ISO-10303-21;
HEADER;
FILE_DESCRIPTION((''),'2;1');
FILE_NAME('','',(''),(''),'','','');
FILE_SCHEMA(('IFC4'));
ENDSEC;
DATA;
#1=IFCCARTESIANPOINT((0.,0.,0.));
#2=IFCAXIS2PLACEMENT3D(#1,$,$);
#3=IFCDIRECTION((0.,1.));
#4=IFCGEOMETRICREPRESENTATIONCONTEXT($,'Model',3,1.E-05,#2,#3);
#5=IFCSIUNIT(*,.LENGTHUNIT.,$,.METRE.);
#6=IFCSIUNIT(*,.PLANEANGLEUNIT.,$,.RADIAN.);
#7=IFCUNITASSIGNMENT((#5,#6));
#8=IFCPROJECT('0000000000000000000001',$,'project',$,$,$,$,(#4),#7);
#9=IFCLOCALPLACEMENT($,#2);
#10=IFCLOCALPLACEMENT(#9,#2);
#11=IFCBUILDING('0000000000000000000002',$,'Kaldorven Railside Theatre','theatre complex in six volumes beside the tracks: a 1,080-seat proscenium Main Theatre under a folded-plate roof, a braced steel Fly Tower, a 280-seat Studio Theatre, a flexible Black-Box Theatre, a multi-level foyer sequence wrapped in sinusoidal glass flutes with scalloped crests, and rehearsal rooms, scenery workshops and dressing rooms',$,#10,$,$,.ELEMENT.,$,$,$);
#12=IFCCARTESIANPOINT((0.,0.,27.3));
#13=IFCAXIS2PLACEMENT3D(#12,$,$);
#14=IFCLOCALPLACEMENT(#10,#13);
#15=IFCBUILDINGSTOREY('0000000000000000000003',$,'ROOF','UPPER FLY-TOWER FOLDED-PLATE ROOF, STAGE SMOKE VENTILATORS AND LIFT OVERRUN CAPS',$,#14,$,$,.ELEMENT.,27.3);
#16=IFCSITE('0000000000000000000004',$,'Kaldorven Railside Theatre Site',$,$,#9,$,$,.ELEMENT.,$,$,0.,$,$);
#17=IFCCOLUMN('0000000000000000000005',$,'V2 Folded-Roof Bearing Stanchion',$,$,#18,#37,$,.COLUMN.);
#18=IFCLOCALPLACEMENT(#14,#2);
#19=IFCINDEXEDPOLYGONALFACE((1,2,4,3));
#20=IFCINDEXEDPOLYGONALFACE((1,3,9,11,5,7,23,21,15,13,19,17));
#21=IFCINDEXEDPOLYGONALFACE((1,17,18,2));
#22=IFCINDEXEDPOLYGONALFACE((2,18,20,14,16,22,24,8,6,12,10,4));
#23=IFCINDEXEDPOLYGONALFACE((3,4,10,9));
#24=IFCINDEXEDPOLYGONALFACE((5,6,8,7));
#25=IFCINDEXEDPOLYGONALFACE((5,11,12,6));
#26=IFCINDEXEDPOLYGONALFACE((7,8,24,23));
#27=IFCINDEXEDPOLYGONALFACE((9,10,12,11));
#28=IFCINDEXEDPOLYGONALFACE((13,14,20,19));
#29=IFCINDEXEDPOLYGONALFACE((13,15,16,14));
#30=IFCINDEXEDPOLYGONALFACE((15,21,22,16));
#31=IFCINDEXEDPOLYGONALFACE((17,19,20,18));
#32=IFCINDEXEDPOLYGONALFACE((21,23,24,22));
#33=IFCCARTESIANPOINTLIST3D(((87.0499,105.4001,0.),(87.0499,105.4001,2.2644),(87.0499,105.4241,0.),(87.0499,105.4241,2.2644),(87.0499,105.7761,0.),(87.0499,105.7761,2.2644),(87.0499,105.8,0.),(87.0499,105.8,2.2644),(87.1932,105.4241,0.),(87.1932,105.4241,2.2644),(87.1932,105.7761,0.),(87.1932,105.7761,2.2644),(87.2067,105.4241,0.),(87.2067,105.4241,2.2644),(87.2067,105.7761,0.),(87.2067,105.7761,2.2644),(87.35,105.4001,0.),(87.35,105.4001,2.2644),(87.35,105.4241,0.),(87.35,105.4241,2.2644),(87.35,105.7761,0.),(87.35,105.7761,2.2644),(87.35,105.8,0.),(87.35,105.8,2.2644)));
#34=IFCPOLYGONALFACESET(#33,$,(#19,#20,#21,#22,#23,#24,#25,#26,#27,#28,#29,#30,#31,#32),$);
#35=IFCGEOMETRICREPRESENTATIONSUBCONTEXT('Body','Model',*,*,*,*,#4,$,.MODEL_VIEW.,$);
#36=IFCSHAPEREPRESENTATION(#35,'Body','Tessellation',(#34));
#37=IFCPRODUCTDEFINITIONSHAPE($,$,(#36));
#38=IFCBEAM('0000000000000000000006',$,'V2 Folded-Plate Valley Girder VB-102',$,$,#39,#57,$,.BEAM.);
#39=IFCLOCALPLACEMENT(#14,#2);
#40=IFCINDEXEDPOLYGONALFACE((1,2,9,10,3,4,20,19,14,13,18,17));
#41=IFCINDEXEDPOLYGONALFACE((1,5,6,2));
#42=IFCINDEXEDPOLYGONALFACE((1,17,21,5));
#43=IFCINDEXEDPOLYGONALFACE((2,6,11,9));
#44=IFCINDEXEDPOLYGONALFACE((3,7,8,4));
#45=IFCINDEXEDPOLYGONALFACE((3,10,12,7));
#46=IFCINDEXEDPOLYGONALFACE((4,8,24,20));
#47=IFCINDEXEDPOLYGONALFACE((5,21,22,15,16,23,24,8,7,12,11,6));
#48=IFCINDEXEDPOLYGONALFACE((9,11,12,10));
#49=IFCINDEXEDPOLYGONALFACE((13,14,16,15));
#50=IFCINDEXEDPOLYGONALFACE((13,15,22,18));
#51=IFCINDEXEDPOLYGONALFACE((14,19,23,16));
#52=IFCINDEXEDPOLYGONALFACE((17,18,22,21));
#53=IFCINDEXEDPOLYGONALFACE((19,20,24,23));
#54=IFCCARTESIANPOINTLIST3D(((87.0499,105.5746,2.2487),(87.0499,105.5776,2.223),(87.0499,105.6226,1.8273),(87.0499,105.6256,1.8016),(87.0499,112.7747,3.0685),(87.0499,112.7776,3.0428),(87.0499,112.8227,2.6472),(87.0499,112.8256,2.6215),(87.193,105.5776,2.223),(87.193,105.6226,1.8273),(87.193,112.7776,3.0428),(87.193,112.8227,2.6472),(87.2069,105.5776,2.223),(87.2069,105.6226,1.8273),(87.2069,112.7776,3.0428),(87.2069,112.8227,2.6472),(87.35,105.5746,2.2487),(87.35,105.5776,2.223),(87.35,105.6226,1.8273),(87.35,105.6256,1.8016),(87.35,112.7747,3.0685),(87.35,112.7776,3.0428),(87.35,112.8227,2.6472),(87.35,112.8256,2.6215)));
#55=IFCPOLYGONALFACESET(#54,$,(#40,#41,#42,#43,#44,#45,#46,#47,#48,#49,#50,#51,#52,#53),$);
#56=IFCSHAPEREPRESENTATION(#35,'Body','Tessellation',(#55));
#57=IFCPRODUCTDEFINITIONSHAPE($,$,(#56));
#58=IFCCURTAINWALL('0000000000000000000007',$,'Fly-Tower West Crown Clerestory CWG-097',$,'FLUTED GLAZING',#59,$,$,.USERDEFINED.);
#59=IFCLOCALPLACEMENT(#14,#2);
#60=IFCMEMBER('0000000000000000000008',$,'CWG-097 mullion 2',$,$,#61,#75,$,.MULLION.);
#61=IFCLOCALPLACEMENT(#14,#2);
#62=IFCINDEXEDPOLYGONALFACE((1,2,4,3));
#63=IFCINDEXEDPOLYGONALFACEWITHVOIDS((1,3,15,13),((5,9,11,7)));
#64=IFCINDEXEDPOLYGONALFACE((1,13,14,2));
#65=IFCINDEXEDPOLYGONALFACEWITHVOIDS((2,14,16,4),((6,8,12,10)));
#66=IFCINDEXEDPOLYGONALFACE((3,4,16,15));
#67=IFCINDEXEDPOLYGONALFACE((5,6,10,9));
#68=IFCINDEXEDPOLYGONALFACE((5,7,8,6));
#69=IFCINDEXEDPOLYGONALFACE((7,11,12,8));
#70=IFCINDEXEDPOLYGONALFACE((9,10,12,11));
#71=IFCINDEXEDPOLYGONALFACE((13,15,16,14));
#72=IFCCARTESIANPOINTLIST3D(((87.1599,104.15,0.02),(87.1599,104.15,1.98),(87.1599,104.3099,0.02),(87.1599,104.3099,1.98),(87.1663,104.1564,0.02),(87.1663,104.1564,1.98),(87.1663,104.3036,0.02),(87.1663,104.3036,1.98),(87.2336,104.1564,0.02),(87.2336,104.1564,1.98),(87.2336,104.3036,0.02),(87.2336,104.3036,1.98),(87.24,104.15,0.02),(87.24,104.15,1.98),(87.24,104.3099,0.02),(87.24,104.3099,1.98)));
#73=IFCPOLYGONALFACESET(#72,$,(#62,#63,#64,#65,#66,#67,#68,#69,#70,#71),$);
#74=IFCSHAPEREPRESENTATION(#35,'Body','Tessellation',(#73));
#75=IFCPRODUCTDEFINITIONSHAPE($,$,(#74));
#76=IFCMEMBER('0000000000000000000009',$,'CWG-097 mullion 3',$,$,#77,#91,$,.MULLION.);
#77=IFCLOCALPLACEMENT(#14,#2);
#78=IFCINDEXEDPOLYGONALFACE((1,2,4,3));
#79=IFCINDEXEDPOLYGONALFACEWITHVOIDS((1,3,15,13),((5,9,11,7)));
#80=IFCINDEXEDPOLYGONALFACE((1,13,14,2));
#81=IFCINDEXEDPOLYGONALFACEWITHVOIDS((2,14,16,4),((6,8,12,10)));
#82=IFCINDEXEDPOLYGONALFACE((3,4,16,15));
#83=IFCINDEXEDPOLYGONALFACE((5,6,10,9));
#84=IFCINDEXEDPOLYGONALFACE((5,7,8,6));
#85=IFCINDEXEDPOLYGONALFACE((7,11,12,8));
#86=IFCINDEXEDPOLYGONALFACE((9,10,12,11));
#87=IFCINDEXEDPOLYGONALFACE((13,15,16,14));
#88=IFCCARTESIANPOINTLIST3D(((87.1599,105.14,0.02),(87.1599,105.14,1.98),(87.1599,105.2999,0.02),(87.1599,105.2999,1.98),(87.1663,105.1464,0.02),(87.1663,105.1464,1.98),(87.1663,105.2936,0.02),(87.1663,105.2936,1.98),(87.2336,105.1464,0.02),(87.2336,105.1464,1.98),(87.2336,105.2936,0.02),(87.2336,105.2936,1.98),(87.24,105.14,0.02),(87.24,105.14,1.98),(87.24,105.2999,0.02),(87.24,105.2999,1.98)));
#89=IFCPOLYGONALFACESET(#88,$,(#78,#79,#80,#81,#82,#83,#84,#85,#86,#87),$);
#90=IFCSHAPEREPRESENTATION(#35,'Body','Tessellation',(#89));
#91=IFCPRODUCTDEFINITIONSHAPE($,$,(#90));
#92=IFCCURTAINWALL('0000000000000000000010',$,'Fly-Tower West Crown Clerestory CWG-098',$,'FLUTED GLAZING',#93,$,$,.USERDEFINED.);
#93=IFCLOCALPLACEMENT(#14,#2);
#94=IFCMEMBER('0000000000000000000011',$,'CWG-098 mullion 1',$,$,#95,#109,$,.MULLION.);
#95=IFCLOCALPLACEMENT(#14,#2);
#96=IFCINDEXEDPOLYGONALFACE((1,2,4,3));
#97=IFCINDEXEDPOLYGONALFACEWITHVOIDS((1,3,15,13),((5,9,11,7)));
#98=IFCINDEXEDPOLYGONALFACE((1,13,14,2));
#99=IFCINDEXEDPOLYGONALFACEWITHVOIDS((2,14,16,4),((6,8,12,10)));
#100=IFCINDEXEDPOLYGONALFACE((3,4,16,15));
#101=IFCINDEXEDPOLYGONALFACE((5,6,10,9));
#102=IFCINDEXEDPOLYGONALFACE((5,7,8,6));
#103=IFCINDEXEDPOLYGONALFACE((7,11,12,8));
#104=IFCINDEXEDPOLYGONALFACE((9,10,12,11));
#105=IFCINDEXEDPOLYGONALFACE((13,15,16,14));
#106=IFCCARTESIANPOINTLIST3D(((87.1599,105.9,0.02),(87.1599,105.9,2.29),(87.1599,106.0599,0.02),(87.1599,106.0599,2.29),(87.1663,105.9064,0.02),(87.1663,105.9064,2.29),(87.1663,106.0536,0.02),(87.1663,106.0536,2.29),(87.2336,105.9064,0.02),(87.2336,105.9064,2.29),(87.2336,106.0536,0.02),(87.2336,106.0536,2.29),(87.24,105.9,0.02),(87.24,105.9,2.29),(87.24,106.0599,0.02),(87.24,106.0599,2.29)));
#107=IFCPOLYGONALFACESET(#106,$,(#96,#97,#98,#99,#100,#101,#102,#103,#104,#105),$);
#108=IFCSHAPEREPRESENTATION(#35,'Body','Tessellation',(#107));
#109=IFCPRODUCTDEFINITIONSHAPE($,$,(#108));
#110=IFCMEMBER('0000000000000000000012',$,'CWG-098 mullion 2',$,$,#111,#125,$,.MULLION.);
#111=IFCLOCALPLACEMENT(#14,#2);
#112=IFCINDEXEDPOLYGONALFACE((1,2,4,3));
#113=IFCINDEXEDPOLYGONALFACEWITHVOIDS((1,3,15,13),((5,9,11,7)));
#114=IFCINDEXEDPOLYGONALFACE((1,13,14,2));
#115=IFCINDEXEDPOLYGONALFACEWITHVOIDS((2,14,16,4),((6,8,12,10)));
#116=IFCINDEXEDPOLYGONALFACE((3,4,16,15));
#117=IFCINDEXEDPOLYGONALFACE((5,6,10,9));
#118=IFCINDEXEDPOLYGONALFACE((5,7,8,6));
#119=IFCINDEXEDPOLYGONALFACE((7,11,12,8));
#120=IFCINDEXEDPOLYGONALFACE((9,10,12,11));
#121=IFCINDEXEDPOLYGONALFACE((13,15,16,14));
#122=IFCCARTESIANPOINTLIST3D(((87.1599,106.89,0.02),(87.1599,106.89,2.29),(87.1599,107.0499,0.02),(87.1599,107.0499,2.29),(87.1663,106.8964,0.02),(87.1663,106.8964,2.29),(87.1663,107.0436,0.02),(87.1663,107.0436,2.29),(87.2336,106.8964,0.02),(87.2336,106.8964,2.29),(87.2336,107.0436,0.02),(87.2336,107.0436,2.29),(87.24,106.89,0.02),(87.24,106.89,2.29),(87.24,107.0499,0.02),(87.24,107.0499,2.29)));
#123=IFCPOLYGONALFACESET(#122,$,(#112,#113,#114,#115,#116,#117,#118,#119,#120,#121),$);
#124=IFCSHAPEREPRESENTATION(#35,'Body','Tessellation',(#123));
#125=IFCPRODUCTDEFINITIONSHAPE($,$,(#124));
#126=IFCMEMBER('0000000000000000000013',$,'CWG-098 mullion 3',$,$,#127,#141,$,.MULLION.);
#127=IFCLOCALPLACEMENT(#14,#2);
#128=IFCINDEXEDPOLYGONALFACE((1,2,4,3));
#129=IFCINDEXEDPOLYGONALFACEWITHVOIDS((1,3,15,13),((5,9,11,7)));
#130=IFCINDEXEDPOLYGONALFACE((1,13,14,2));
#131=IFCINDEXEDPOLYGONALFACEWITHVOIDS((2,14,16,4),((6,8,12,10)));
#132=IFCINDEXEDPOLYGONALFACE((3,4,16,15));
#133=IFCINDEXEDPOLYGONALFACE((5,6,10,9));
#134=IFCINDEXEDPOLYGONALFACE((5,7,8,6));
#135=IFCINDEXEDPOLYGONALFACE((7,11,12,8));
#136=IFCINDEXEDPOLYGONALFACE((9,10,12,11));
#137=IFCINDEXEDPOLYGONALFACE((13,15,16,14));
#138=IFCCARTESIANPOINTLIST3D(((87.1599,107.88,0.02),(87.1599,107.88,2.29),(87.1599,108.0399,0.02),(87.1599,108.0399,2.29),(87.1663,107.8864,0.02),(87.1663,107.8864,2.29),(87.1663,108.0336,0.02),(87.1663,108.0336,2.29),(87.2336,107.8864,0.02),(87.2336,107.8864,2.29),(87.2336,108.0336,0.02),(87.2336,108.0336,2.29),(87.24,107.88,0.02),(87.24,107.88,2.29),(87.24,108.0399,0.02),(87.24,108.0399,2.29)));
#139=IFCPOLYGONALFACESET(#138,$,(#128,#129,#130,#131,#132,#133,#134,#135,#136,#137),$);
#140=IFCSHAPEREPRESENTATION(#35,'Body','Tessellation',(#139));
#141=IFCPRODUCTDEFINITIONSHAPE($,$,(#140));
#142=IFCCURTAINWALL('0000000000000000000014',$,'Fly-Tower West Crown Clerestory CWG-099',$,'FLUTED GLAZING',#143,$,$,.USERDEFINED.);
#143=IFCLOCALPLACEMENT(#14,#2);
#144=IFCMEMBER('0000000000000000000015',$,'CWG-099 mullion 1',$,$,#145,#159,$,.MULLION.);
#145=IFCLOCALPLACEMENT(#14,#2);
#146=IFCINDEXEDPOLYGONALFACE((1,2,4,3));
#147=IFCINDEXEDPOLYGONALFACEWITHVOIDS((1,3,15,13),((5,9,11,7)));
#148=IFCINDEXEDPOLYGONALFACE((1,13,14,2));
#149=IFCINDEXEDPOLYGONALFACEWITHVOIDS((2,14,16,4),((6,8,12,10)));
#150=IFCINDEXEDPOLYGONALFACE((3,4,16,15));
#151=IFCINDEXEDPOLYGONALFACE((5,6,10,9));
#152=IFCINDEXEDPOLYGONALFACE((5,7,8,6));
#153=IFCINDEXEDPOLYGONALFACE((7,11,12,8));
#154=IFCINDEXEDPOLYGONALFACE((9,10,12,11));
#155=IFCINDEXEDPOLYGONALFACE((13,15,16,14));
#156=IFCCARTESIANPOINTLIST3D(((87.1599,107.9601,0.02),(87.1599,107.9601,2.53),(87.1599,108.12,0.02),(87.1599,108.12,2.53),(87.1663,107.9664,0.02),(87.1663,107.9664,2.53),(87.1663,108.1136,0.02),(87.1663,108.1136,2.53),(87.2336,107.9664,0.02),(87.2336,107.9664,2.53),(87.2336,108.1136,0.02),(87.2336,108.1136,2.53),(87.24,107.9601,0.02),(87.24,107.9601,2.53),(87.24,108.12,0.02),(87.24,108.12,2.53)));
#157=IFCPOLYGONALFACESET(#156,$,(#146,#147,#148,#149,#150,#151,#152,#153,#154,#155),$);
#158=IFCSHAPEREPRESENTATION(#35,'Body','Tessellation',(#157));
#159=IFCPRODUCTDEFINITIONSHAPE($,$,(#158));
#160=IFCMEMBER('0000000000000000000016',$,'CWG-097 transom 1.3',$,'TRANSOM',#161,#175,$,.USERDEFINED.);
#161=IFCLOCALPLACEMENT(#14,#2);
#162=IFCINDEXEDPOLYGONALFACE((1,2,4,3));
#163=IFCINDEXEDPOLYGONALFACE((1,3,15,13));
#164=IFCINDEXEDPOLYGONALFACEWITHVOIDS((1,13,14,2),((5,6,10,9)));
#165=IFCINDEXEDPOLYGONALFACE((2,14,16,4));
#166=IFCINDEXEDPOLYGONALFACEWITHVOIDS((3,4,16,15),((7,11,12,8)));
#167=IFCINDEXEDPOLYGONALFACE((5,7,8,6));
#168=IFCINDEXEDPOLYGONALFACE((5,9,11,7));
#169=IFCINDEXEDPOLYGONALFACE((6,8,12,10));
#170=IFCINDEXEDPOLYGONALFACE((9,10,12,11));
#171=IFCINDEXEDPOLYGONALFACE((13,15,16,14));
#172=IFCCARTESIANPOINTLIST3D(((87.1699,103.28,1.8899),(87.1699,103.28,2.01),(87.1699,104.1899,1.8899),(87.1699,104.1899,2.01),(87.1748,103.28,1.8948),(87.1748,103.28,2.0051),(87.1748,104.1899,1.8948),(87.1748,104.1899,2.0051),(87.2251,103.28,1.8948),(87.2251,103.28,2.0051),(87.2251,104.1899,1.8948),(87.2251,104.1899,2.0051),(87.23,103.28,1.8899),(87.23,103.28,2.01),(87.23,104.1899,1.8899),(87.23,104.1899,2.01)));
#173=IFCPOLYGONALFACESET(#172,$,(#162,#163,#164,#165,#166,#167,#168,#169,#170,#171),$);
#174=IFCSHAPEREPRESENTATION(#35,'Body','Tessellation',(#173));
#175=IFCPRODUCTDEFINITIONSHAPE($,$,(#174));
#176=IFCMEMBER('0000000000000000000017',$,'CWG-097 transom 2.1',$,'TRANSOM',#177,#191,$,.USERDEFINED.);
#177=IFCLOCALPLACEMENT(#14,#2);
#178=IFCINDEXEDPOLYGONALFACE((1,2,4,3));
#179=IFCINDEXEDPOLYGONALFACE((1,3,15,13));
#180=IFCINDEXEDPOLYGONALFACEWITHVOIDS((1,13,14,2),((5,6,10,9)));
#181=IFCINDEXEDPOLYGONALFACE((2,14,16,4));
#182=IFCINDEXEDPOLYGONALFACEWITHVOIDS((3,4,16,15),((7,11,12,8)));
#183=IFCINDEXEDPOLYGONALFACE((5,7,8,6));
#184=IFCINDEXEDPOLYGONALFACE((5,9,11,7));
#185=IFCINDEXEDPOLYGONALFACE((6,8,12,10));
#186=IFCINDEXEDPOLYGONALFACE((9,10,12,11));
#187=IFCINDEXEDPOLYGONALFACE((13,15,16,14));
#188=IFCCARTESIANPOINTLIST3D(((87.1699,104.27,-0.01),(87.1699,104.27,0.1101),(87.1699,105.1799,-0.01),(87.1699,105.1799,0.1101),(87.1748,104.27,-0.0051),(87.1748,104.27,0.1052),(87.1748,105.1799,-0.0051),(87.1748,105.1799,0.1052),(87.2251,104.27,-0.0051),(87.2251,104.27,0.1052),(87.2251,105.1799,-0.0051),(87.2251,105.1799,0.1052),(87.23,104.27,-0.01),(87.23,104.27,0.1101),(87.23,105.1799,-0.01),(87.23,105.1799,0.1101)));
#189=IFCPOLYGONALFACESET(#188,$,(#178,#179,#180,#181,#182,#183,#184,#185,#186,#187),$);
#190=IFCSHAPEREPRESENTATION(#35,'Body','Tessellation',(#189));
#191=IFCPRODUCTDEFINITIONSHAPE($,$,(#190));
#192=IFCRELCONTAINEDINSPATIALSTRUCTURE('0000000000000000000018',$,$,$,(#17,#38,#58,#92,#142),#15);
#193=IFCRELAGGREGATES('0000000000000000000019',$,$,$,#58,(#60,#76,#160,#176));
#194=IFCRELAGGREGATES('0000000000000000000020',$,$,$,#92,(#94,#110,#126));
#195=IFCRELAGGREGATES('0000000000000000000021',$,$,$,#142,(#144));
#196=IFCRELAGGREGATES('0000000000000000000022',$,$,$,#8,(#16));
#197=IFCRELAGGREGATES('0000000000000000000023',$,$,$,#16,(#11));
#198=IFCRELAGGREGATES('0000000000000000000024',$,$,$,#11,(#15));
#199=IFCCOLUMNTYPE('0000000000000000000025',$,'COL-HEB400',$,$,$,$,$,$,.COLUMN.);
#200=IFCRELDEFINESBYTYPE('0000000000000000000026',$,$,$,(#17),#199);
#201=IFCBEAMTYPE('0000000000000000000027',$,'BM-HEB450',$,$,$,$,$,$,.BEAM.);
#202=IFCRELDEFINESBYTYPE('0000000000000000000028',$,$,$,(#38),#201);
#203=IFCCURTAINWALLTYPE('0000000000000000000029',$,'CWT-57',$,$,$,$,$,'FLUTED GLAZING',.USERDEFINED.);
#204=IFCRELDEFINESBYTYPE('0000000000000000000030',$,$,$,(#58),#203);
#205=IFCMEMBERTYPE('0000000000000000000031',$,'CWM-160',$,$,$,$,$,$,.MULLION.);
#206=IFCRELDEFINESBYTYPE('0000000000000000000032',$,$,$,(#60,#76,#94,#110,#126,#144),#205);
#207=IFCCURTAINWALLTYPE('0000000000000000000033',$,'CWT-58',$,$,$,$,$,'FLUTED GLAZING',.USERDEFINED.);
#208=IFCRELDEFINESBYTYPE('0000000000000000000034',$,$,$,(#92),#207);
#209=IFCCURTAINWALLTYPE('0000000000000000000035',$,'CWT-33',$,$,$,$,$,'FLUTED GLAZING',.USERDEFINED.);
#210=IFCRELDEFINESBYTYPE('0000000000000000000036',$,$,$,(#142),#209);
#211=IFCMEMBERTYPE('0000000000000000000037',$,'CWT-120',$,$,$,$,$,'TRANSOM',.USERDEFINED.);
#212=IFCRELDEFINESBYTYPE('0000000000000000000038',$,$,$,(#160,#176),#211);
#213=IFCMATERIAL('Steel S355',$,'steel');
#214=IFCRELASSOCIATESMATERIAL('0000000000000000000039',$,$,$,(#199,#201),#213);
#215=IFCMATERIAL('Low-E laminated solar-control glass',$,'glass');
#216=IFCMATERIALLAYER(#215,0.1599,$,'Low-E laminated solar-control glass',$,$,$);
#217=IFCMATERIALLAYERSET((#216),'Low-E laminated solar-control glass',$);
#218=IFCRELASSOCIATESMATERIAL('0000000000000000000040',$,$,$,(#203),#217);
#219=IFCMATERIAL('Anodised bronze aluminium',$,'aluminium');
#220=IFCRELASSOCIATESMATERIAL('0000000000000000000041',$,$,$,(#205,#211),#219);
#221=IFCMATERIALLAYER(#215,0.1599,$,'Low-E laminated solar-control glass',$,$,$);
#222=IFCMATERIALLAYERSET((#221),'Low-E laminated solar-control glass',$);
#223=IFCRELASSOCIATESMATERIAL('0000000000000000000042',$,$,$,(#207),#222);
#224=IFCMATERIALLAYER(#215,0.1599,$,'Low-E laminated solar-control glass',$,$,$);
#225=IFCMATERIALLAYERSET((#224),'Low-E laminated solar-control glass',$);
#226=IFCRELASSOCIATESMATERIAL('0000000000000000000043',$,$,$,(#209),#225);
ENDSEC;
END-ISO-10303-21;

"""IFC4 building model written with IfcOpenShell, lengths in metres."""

from ifc_helpers import new_model, si_unit, direction, frame, origin, origin_2d, place, context, subcontext, project, spatial, hollow_rectangle, i_section, extrude, material, layer, layer_set, material_profile, profile_set, type_object, element, aggregate, save


model = new_model("IFC4")

# Units and contexts
model_context = context("Model", 3, precision=1e-05, world=origin(), true_north=direction((0.0, 1.0)))
body_context = subcontext(model_context, "Body", "Model", "MODEL_VIEW")
ifc_project = project(units=[si_unit("LENGTHUNIT", "METRE"), si_unit("PLANEANGLEUNIT", "RADIAN")], contexts=[model_context])

# Site, building, storey
site_placement = place(None, origin())
site = spatial("IfcSite", under=ifc_project, at=site_placement, Name="Kaldorven Railside Theatre Site", CompositionType="ELEMENT", RefElevation=0.0)
building_placement = place(site_placement, origin())
building = spatial("IfcBuilding", under=site, at=building_placement, Name="Kaldorven Railside Theatre", Description="theatre complex in six volumes beside the tracks: a 1,080-seat proscenium Main Theatre under a folded-plate roof, a braced steel Fly Tower, a 280-seat Studio Theatre, a flexible Black-Box Theatre, a multi-level foyer sequence wrapped in sinusoidal glass flutes with scalloped crests, and rehearsal rooms, scenery workshops and dressing rooms", CompositionType="ELEMENT")
storey_placement = place(building_placement, frame((0.0, 0.0, 27.3)))
storey = spatial("IfcBuildingStorey", under=building, at=storey_placement, Name="ROOF", Description="UPPER FLY-TOWER FOLDED-PLATE ROOF, STAGE SMOKE VENTILATORS AND LIFT OVERRUN CAPS", CompositionType="ELEMENT", Elevation=27.3)

# Column
ifc_material_1 = material(Name="Steel S355", Category="steel")
ifc_material_profile_1 = material_profile(ifc_material_1, i_section(OverallWidth=0.3, OverallDepth=0.3999, WebThickness=0.0134, FlangeThickness=0.0239, at=origin_2d()), Name="HEB 400")
ifc_profile_set_1 = profile_set([ifc_material_profile_1], Name="Steel S355")
column_type = type_object("IfcColumnType", Name="COL-HEB400", PredefinedType="COLUMN", material=ifc_profile_set_1)
column_placement = place(storey_placement, frame((87.2, 105.6001, 0.0), z_axis=(0.0, 0.0, 1.0), x_axis=(1.0, 0.0, 0.0)))
element("IfcColumn", 1, at=column_placement, inside=storey, type_object=column_type, Name="V2 Folded-Roof Bearing Stanchion", PredefinedType="COLUMN", context=body_context, shape_type="SweptSolid", body=[
    extrude(i_section(OverallWidth=0.3, OverallDepth=0.3999, WebThickness=0.0134, FlangeThickness=0.0239, at=origin_2d()), origin(), (0.0, 0.0, 1.0), 2.2644),
])

# Beam
ifc_material_profile_2 = material_profile(ifc_material_1, i_section(OverallWidth=0.3, OverallDepth=0.45, WebThickness=0.0139, FlangeThickness=0.0259, at=origin_2d()), Name="HEB 450")
ifc_profile_set_2 = profile_set([ifc_material_profile_2], Name="Steel S355")
beam_type = type_object("IfcBeamType", Name="BM-HEB450", PredefinedType="BEAM", material=ifc_profile_set_2)
beam_placement = place(storey_placement, frame((87.2, 105.6001, 2.0251), z_axis=(0.0, 0.99358, 0.113134), x_axis=(-1.0, 0.0, 0.0)))
element("IfcBeam", 2, at=beam_placement, inside=storey, type_object=beam_type, Name="V2 Folded-Plate Valley Girder VB-102", PredefinedType="BEAM", context=body_context, shape_type="SweptSolid", body=[
    extrude(i_section(OverallWidth=0.3, OverallDepth=0.45, WebThickness=0.0139, FlangeThickness=0.0259, at=origin_2d()), origin(), (0.0, 0.0, 1.0), 7.2466),
])

# Curtain walls, members
ifc_material_2 = material(Name="Low-E laminated solar-control glass", Category="glass")
ifc_layer_1 = layer(ifc_material_2, 0.1599, Name="Low-E laminated solar-control glass")
ifc_layer_set_1 = layer_set([ifc_layer_1], Name="Low-E laminated solar-control glass")
curtain_wall_type_1 = type_object("IfcCurtainWallType", Name="CWT-57", ElementType="FLUTED GLAZING", PredefinedType="USERDEFINED", material=ifc_layer_set_1)
curtain_wall_1_placement = place(storey_placement, origin())
curtain_wall_1 = element("IfcCurtainWall", 3, at=curtain_wall_1_placement, inside=storey, type_object=curtain_wall_type_1, Name="Fly-Tower West Crown Clerestory CWG-097", ObjectType="FLUTED GLAZING", PredefinedType="USERDEFINED")
ifc_material_3 = material(Name="Anodised bronze aluminium", Category="aluminium")
ifc_material_profile_3 = material_profile(ifc_material_3, hollow_rectangle(XDim=0.0801, YDim=0.1599, WallThickness=0.0063, at=origin_2d()), Name="RHS 160x80x6.3")
ifc_profile_set_3 = profile_set([ifc_material_profile_3], Name="Anodised bronze aluminium")
member_type_1 = type_object("IfcMemberType", Name="CWM-160", PredefinedType="MULLION", material=ifc_profile_set_3)
member_1_placement = place(storey_placement, frame((87.2, 104.23, 0.02), z_axis=(0.0, 0.0, 1.0), x_axis=(-1.0, 0.0, 0.0)))
member_1 = element("IfcMember", 4, at=member_1_placement, type_object=member_type_1, Name="CWG-097 mullion 2", PredefinedType="MULLION", context=body_context, shape_type="SweptSolid", body=[
    extrude(hollow_rectangle(XDim=0.0801, YDim=0.1599, WallThickness=0.0063, at=origin_2d()), origin(), (0.0, 0.0, 1.0), 1.96),
])
member_2_placement = place(storey_placement, frame((87.2, 105.22, 0.02), z_axis=(0.0, 0.0, 1.0), x_axis=(-1.0, 0.0, 0.0)))
member_2 = element("IfcMember", 5, at=member_2_placement, type_object=member_type_1, Name="CWG-097 mullion 3", PredefinedType="MULLION", context=body_context, shape_type="SweptSolid", body=[
    extrude(hollow_rectangle(XDim=0.0801, YDim=0.1599, WallThickness=0.0063, at=origin_2d()), origin(), (0.0, 0.0, 1.0), 1.96),
])
ifc_layer_2 = layer(ifc_material_2, 0.1599, Name="Low-E laminated solar-control glass")
ifc_layer_set_2 = layer_set([ifc_layer_2], Name="Low-E laminated solar-control glass")
curtain_wall_type_2 = type_object("IfcCurtainWallType", Name="CWT-58", ElementType="FLUTED GLAZING", PredefinedType="USERDEFINED", material=ifc_layer_set_2)
curtain_wall_2_placement = place(storey_placement, origin())
curtain_wall_2 = element("IfcCurtainWall", 6, at=curtain_wall_2_placement, inside=storey, type_object=curtain_wall_type_2, Name="Fly-Tower West Crown Clerestory CWG-098", ObjectType="FLUTED GLAZING", PredefinedType="USERDEFINED")
member_3_placement = place(storey_placement, frame((87.2, 105.98, 0.02), z_axis=(0.0, 0.0, 1.0), x_axis=(-1.0, 0.0, 0.0)))
member_3 = element("IfcMember", 7, at=member_3_placement, type_object=member_type_1, Name="CWG-098 mullion 1", PredefinedType="MULLION", context=body_context, shape_type="SweptSolid", body=[
    extrude(hollow_rectangle(XDim=0.0801, YDim=0.1599, WallThickness=0.0063, at=origin_2d()), origin(), (0.0, 0.0, 1.0), 2.27),
])
member_4_placement = place(storey_placement, frame((87.2, 106.97, 0.02), z_axis=(0.0, 0.0, 1.0), x_axis=(-1.0, 0.0, 0.0)))
member_4 = element("IfcMember", 8, at=member_4_placement, type_object=member_type_1, Name="CWG-098 mullion 2", PredefinedType="MULLION", context=body_context, shape_type="SweptSolid", body=[
    extrude(hollow_rectangle(XDim=0.0801, YDim=0.1599, WallThickness=0.0063, at=origin_2d()), origin(), (0.0, 0.0, 1.0), 2.27),
])
member_5_placement = place(storey_placement, frame((87.2, 107.96, 0.02), z_axis=(0.0, 0.0, 1.0), x_axis=(-1.0, 0.0, 0.0)))
member_5 = element("IfcMember", 9, at=member_5_placement, type_object=member_type_1, Name="CWG-098 mullion 3", PredefinedType="MULLION", context=body_context, shape_type="SweptSolid", body=[
    extrude(hollow_rectangle(XDim=0.0801, YDim=0.1599, WallThickness=0.0063, at=origin_2d()), origin(), (0.0, 0.0, 1.0), 2.27),
])

# Curtain wall, member
ifc_layer_3 = layer(ifc_material_2, 0.1599, Name="Low-E laminated solar-control glass")
ifc_layer_set_3 = layer_set([ifc_layer_3], Name="Low-E laminated solar-control glass")
curtain_wall_type_3 = type_object("IfcCurtainWallType", Name="CWT-33", ElementType="FLUTED GLAZING", PredefinedType="USERDEFINED", material=ifc_layer_set_3)
curtain_wall_3_placement = place(storey_placement, origin())
curtain_wall_3 = element("IfcCurtainWall", 10, at=curtain_wall_3_placement, inside=storey, type_object=curtain_wall_type_3, Name="Fly-Tower West Crown Clerestory CWG-099", ObjectType="FLUTED GLAZING", PredefinedType="USERDEFINED")
member_6_placement = place(storey_placement, frame((87.2, 108.04, 0.02), z_axis=(0.0, 0.0, 1.0), x_axis=(-1.0, 0.0, 0.0)))
member_6 = element("IfcMember", 11, at=member_6_placement, type_object=member_type_1, Name="CWG-099 mullion 1", PredefinedType="MULLION", context=body_context, shape_type="SweptSolid", body=[
    extrude(hollow_rectangle(XDim=0.0801, YDim=0.1599, WallThickness=0.0063, at=origin_2d()), origin(), (0.0, 0.0, 1.0), 2.51),
])

# Members
ifc_material_profile_4 = material_profile(ifc_material_3, hollow_rectangle(XDim=0.0601, YDim=0.1201, WallThickness=0.0049, at=origin_2d()), Name="RHS 120x60x5")
ifc_profile_set_4 = profile_set([ifc_material_profile_4], Name="Anodised bronze aluminium")
member_type_2 = type_object("IfcMemberType", Name="CWT-120", ElementType="TRANSOM", PredefinedType="USERDEFINED", material=ifc_profile_set_4)
member_7_placement = place(storey_placement, frame((87.2, 103.28, 1.95), z_axis=(0.0, 1.0, 0.0), x_axis=(-1.0, 0.0, 0.0)))
member_7 = element("IfcMember", 12, at=member_7_placement, type_object=member_type_2, Name="CWG-097 transom 1.3", ObjectType="TRANSOM", PredefinedType="USERDEFINED", context=body_context, shape_type="SweptSolid", body=[
    extrude(hollow_rectangle(XDim=0.0601, YDim=0.1201, WallThickness=0.0049, at=origin_2d()), origin(), (0.0, 0.0, 1.0), 0.9099),
])
member_8_placement = place(storey_placement, frame((87.2, 104.27, 0.05), z_axis=(0.0, 1.0, 0.0), x_axis=(-1.0, 0.0, 0.0)))
member_8 = element("IfcMember", 13, at=member_8_placement, type_object=member_type_2, Name="CWG-097 transom 2.1", ObjectType="TRANSOM", PredefinedType="USERDEFINED", context=body_context, shape_type="SweptSolid", body=[
    extrude(hollow_rectangle(XDim=0.0601, YDim=0.1201, WallThickness=0.0049, at=origin_2d()), origin(), (0.0, 0.0, 1.0), 0.9099),
])

aggregate(curtain_wall_1, [member_1, member_2, member_7, member_8])
aggregate(curtain_wall_2, [member_3, member_4, member_5])
aggregate(curtain_wall_3, [member_6])

save(model, "model.ifc")
